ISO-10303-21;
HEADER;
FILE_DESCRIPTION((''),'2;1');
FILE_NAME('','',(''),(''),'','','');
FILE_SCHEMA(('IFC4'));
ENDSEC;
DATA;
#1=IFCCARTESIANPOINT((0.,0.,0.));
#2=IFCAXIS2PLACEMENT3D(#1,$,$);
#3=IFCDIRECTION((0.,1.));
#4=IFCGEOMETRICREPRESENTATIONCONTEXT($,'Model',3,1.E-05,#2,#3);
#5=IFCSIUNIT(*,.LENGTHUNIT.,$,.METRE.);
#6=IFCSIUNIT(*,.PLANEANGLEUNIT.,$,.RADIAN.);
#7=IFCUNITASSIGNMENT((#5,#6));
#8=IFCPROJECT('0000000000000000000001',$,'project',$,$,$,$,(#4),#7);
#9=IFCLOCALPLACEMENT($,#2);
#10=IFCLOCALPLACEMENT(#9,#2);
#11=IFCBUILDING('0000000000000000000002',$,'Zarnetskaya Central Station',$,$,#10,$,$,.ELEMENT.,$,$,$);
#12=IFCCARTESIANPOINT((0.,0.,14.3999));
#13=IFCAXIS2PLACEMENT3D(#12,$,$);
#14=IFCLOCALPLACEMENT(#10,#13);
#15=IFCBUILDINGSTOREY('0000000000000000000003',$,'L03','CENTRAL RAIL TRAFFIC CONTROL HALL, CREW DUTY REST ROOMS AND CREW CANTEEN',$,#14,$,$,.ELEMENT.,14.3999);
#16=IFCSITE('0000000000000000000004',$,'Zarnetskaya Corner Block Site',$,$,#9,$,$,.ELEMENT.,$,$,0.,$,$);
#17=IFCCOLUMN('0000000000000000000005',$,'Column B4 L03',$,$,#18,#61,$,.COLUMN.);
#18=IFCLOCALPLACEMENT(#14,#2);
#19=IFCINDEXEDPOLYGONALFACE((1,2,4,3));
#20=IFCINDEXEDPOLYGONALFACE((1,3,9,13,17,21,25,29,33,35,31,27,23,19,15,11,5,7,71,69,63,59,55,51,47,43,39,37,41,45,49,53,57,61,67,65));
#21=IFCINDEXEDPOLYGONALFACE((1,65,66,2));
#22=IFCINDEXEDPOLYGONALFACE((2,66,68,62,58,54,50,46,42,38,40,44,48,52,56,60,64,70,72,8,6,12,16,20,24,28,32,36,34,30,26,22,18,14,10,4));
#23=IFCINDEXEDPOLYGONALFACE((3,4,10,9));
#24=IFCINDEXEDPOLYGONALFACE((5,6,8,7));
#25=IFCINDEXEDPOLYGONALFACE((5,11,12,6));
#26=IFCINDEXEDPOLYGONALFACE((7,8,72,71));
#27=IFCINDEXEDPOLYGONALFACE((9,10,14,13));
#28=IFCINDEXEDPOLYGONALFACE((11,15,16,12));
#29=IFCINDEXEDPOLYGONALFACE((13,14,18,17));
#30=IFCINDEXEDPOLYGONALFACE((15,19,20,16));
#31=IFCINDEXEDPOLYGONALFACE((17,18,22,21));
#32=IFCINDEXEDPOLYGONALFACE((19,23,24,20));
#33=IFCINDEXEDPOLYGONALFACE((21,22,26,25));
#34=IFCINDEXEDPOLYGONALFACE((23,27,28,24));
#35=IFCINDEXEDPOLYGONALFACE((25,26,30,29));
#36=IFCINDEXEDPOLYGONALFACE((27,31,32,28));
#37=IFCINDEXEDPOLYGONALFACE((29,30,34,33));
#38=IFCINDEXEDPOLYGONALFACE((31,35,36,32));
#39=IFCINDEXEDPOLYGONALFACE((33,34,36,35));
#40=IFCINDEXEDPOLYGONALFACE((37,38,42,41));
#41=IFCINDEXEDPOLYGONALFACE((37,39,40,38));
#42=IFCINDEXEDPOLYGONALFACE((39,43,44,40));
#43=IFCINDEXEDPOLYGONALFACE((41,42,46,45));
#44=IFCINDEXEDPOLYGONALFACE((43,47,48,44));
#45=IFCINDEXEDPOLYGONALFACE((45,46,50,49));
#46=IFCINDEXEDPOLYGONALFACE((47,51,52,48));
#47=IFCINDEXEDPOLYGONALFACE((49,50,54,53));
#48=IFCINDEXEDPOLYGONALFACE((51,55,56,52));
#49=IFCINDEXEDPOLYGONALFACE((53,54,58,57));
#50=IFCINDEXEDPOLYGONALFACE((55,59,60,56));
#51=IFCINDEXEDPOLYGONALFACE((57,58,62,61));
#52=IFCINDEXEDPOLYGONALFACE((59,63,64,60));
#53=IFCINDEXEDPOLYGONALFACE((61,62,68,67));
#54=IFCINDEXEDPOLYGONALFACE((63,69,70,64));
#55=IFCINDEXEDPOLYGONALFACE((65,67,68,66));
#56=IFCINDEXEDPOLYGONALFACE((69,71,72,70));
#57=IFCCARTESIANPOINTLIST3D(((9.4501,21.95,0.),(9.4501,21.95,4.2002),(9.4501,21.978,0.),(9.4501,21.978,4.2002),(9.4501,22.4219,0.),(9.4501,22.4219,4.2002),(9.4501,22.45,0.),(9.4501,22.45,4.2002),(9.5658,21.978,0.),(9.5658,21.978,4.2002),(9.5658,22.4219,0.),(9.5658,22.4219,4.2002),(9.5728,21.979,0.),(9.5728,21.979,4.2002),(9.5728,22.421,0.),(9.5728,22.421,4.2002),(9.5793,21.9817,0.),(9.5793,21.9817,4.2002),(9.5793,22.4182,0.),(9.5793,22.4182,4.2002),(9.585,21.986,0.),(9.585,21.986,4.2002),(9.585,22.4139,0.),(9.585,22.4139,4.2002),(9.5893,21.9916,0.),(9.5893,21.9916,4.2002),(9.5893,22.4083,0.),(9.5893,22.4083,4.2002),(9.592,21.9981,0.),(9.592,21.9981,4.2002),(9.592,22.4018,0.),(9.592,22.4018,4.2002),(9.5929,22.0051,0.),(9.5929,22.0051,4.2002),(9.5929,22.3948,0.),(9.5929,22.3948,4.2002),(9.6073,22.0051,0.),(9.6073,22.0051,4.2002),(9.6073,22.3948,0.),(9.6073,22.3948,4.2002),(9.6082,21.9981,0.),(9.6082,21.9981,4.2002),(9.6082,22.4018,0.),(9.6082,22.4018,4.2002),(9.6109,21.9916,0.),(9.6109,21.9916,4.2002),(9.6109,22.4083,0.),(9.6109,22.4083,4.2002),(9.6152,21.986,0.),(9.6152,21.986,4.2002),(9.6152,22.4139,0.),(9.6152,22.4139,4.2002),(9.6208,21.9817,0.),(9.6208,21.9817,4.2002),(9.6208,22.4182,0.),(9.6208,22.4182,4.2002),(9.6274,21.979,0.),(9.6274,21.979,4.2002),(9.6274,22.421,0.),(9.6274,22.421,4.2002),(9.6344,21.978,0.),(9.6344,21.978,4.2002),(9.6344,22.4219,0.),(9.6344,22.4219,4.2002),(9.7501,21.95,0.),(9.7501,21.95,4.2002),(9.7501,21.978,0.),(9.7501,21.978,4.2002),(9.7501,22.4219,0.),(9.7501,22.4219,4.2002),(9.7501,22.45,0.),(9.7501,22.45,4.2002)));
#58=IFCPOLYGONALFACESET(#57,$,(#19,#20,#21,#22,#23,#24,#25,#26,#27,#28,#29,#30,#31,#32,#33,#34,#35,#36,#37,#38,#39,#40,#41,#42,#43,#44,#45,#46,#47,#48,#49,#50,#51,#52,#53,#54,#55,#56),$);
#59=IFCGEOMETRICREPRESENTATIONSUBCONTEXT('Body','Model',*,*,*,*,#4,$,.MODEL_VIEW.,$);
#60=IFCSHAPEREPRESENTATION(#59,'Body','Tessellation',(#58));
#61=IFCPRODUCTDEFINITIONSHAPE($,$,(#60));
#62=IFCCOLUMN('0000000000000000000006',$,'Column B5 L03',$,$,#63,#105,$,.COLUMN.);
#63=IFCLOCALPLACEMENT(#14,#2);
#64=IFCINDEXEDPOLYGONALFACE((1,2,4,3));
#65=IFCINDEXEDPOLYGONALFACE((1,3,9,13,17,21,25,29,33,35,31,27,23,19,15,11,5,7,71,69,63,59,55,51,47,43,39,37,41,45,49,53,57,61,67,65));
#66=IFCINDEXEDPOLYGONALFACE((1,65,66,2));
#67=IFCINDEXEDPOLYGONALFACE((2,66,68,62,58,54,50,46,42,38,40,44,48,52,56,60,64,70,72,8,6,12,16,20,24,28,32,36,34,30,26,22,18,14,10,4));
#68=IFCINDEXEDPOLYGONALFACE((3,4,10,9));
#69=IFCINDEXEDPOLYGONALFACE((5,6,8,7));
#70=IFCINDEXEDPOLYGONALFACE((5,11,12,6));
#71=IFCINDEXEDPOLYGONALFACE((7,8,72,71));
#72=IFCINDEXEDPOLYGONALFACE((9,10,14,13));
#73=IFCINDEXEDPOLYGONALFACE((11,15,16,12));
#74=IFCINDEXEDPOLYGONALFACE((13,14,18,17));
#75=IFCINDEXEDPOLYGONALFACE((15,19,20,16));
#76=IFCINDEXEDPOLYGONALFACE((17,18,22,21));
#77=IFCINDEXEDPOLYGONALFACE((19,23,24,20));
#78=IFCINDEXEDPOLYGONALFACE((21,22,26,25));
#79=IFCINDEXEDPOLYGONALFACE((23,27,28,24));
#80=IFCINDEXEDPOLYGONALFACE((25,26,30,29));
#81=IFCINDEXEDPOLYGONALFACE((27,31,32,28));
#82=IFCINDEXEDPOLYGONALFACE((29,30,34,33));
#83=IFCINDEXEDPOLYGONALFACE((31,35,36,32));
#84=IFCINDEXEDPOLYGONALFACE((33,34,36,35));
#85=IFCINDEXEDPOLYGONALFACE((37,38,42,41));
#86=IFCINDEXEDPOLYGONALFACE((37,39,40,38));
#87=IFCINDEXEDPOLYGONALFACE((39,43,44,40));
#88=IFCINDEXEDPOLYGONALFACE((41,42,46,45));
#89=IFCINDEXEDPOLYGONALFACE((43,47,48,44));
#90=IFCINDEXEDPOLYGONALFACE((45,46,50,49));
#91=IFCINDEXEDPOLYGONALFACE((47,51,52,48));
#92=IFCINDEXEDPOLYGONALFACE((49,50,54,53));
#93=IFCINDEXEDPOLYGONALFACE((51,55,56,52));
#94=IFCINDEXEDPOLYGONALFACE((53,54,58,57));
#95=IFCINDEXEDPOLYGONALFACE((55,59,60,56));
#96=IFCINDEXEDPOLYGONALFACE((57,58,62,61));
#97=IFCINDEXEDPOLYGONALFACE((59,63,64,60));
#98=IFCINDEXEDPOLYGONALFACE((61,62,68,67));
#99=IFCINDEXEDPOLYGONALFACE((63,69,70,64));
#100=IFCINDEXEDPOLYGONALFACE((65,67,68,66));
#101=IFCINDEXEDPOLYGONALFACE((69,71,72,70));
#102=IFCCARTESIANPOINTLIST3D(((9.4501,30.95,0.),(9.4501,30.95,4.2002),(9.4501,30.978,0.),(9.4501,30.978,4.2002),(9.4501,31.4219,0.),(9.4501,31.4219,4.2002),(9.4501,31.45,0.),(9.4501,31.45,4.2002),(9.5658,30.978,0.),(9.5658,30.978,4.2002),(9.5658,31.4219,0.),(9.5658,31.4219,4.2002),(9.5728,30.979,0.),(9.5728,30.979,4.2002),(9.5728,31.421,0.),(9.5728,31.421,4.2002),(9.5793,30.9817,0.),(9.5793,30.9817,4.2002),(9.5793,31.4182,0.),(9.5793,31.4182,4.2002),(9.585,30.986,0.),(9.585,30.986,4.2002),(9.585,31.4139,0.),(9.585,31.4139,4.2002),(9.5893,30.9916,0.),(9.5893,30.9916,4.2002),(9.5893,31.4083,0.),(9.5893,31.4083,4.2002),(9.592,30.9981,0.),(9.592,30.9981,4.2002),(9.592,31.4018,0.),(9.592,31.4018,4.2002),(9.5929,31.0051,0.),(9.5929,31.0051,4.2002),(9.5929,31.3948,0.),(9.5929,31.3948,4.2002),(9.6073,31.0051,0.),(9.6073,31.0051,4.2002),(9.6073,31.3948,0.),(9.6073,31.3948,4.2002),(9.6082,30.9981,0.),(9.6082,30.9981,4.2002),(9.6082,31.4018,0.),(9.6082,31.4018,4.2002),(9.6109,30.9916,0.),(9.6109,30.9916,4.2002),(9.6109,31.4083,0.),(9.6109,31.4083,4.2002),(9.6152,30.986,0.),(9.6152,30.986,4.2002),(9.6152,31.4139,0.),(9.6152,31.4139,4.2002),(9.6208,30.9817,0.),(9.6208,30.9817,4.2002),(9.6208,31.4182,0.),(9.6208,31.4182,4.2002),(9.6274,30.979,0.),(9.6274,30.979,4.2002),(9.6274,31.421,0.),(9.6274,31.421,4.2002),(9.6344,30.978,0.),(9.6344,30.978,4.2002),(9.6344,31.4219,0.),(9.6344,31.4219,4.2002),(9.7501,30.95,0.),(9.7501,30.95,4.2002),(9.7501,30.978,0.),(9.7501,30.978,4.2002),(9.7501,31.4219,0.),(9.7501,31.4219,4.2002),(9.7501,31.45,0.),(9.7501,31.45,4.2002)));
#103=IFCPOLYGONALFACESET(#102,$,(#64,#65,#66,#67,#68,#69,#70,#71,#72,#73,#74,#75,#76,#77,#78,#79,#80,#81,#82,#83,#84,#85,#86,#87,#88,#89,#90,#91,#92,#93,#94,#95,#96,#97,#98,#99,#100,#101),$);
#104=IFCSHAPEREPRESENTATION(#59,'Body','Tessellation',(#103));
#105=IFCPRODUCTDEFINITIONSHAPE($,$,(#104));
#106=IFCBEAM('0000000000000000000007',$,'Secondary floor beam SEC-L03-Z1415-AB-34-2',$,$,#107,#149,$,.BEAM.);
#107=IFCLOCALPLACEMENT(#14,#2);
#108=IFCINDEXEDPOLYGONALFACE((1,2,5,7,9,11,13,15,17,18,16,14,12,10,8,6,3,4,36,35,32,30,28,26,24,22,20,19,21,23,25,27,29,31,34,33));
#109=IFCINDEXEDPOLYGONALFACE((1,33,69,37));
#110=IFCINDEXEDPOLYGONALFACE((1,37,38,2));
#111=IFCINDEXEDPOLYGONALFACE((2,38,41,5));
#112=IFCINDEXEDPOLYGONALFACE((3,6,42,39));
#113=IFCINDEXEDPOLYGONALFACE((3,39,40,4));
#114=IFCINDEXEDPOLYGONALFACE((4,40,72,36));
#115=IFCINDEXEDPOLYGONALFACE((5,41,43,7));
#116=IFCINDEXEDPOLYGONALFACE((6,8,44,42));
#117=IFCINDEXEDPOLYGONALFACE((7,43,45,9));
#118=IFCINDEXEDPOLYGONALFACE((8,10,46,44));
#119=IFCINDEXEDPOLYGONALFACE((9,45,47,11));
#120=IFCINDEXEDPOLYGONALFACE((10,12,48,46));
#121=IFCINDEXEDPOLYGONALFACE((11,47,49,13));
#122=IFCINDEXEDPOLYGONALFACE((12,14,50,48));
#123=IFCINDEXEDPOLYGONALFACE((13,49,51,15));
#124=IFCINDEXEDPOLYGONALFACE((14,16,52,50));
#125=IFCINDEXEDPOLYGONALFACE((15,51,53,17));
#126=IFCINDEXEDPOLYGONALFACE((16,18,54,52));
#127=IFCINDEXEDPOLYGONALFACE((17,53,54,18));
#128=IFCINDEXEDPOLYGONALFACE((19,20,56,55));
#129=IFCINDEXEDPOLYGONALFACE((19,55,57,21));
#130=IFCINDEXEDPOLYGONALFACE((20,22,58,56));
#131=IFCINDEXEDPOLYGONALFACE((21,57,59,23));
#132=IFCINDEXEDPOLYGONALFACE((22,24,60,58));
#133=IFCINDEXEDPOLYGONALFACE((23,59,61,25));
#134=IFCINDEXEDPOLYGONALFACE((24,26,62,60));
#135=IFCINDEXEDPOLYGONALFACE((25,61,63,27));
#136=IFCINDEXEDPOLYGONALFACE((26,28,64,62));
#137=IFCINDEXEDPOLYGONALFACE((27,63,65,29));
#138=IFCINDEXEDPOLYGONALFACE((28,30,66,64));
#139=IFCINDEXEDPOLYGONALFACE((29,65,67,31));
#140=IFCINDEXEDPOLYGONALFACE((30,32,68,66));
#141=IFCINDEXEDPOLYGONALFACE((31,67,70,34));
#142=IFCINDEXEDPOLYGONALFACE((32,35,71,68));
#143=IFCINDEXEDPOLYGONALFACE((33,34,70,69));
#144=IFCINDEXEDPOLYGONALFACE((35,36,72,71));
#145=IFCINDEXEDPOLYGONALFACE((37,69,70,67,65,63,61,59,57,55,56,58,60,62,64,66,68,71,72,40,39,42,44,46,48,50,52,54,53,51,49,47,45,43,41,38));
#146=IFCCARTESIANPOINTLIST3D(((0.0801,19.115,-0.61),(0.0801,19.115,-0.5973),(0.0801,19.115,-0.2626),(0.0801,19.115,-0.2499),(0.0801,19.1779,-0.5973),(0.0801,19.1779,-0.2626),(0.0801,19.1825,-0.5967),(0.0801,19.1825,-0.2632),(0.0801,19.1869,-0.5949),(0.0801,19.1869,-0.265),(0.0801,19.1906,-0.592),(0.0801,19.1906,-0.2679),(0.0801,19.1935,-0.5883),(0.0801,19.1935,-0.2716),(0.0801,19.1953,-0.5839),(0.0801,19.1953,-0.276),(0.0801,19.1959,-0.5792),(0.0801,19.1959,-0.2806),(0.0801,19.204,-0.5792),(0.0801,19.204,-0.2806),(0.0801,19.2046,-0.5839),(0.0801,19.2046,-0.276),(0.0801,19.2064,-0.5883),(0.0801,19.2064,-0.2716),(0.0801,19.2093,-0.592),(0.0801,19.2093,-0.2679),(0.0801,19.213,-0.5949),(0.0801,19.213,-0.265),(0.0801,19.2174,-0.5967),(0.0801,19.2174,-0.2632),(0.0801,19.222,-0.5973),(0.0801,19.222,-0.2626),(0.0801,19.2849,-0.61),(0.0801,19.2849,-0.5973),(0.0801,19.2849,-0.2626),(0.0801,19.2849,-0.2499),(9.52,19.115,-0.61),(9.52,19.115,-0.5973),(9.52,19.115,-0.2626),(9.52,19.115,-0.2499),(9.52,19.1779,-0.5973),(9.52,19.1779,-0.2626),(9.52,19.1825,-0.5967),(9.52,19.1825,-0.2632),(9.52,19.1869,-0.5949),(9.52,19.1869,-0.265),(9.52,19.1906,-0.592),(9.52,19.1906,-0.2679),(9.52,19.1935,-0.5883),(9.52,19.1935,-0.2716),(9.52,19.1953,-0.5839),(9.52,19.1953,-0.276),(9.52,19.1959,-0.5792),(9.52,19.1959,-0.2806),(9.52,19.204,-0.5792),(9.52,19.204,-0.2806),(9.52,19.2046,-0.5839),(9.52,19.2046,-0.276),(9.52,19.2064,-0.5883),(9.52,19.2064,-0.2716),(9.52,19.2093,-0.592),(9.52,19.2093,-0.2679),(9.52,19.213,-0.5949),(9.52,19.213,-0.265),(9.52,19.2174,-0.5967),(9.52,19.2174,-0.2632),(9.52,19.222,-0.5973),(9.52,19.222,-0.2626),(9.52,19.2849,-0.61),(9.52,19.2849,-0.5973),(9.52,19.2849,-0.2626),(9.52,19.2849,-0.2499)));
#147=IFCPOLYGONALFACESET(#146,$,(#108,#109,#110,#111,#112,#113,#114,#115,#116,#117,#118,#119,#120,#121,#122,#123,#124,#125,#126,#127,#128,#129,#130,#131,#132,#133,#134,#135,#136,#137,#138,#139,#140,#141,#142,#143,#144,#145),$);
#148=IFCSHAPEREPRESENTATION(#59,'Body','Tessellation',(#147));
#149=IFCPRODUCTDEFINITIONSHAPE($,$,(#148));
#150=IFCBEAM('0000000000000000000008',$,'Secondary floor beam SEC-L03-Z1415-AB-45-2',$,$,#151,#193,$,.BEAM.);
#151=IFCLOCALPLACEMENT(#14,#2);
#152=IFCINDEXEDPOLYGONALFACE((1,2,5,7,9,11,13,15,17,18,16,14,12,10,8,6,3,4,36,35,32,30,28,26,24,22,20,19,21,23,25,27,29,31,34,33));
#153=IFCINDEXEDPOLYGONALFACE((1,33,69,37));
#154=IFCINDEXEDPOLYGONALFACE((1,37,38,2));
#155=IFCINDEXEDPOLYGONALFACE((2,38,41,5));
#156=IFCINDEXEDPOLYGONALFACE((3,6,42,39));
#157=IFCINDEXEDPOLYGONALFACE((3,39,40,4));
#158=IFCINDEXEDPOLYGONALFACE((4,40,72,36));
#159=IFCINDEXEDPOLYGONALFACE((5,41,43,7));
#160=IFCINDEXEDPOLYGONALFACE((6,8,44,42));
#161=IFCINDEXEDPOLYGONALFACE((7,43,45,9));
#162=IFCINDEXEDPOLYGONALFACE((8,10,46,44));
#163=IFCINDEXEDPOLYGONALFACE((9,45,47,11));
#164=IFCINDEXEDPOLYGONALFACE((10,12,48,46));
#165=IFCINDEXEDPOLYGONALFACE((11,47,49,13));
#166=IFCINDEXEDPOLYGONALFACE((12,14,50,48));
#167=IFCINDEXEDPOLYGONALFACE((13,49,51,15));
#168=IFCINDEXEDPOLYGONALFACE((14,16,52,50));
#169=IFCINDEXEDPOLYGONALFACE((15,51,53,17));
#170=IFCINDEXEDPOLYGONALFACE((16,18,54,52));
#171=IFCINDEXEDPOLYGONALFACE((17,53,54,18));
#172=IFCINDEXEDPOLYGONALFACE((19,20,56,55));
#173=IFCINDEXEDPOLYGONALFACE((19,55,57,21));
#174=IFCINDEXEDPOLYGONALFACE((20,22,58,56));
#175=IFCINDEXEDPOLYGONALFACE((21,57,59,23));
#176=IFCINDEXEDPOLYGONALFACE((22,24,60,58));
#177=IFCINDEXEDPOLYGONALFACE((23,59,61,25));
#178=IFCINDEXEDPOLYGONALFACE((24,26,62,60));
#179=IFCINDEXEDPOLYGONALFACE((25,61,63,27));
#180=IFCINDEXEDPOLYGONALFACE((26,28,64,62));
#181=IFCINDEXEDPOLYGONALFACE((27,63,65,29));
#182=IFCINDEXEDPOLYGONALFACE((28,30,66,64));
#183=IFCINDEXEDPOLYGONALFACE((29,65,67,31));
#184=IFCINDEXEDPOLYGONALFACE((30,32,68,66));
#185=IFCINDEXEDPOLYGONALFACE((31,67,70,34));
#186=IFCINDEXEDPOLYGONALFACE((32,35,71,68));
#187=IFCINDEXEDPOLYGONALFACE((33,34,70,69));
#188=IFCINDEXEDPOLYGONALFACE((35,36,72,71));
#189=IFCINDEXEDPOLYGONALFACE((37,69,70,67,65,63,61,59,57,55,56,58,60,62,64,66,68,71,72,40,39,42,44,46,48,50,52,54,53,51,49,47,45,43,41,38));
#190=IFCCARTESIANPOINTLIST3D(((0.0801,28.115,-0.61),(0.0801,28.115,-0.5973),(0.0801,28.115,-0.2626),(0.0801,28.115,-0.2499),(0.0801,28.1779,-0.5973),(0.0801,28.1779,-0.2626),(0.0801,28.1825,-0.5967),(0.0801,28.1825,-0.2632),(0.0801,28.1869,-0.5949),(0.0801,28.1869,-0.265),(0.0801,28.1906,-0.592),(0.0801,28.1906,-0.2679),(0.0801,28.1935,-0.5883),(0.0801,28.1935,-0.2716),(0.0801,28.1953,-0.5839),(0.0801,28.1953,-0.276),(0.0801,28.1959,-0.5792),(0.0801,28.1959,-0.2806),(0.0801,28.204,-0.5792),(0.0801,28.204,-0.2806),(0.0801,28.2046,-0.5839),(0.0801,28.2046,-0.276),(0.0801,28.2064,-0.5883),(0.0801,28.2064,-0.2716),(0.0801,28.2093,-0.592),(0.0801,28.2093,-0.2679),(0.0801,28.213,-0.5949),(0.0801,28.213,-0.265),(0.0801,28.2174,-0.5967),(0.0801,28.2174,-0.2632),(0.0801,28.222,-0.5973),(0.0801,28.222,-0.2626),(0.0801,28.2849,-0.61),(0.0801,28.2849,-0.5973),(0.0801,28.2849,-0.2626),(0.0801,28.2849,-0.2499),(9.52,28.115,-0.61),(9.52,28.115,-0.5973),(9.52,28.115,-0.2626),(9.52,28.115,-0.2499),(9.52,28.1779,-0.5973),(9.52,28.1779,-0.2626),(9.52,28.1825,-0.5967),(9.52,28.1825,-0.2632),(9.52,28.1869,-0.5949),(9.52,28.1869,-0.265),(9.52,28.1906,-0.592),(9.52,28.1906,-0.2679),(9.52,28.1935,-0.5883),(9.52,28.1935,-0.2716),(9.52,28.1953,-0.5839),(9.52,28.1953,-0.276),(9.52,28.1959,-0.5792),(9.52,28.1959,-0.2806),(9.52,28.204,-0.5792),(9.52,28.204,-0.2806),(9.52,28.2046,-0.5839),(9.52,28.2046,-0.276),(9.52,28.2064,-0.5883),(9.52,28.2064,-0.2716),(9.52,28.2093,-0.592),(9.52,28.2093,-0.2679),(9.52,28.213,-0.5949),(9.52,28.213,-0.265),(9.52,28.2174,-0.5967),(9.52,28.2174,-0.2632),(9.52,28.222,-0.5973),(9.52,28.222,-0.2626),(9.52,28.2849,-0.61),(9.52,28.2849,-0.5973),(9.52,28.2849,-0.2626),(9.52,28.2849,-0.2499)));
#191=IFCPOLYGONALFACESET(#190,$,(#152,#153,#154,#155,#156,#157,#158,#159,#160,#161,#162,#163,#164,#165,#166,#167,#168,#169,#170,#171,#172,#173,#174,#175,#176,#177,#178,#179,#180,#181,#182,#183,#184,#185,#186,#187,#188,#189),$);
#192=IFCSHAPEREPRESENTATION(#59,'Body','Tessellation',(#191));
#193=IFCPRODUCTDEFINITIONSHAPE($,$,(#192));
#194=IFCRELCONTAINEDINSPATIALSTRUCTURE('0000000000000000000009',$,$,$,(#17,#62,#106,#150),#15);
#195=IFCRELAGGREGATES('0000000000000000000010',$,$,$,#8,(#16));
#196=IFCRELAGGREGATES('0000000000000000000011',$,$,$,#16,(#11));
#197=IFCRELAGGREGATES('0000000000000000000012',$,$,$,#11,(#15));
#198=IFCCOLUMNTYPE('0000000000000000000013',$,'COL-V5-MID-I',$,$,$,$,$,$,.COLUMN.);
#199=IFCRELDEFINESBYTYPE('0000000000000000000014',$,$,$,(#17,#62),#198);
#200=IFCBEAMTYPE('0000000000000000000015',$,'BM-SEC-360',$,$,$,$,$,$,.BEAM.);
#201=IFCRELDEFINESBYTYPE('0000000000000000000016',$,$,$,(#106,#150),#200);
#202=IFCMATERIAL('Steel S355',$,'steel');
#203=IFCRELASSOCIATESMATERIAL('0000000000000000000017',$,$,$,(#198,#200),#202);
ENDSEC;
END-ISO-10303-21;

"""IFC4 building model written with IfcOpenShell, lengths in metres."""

from ifc_helpers import new_model, si_unit, direction, frame, origin, origin_2d, place, context, subcontext, project, spatial, i_section, extrude, material, material_profile, profile_set, type_object, element, save


model = new_model("IFC4")

# Units and contexts
model_context = context("Model", 3, precision=1e-05, world=origin(), true_north=direction((0.0, 1.0)))
body_context = subcontext(model_context, "Body", "Model", "MODEL_VIEW")
ifc_project = project(units=[si_unit("LENGTHUNIT", "METRE"), si_unit("PLANEANGLEUNIT", "RADIAN")], contexts=[model_context])

# Site, building, storey
site_placement = place(None, origin())
site = spatial("IfcSite", under=ifc_project, at=site_placement, Name="Zarnetskaya Corner Block Site", CompositionType="ELEMENT", RefElevation=0.0)
building_placement = place(site_placement, origin())
building = spatial("IfcBuilding", under=site, at=building_placement, Name="Zarnetskaya Central Station", CompositionType="ELEMENT")
storey_placement = place(building_placement, frame((0.0, 0.0, 14.3999)))
storey = spatial("IfcBuildingStorey", under=building, at=storey_placement, Name="L03", Description="CENTRAL RAIL TRAFFIC CONTROL HALL, CREW DUTY REST ROOMS AND CREW CANTEEN", CompositionType="ELEMENT", Elevation=14.3999)

# Columns
ifc_material_1 = material(Name="Steel S355", Category="steel")
ifc_material_profile_1 = material_profile(ifc_material_1, i_section(OverallWidth=0.3, OverallDepth=0.5, WebThickness=0.0144, FlangeThickness=0.0281, FilletRadius=0.0271, at=origin_2d()), Name="HEB 500")
ifc_profile_set_1 = profile_set([ifc_material_profile_1], Name="Steel S355")
column_type = type_object("IfcColumnType", Name="COL-V5-MID-I", PredefinedType="COLUMN", material=ifc_profile_set_1)
for number, where, z_axis, x_axis, name in (
    (1, (9.6001, 22.2, 0.0), (0.0, 0.0, 1.0), (1.0, 0.0, 0.0), "Column B4 L03"),
    (2, (9.6001, 31.2, 0.0), (0.0, 0.0, 1.0), (1.0, 0.0, 0.0), "Column B5 L03"),
):
    element("IfcColumn", number, at=place(storey_placement, frame(where, z_axis=z_axis, x_axis=x_axis)), inside=storey, type_object=column_type, Name=name, PredefinedType="COLUMN", context=body_context, shape_type="SweptSolid", body=[
        extrude(i_section(OverallWidth=0.3, OverallDepth=0.5, WebThickness=0.0144, FlangeThickness=0.0281, FilletRadius=0.0271, at=origin_2d()), origin(), (0.0, 0.0, 1.0), 4.2002),
    ])

# Beams
ifc_material_profile_2 = material_profile(ifc_material_1, i_section(OverallWidth=0.1699, OverallDepth=0.3601, WebThickness=0.0081, FlangeThickness=0.0127, FilletRadius=0.0181, at=origin_2d()), Name="IPE 360")
ifc_profile_set_2 = profile_set([ifc_material_profile_2], Name="Steel S355")
beam_type_1 = type_object("IfcBeamType", Name="BM-SEC-360", PredefinedType="BEAM", material=ifc_profile_set_2)
for number, where, z_axis, x_axis, name in (
    (3, (0.0801, 19.2, -0.4299), (1.0, 0.0, 0.0), (0.0, 1.0, 0.0), "Secondary floor beam SEC-L03-Z1415-AB-34-2"),
    (4, (0.0801, 28.2, -0.4299), (1.0, 0.0, 0.0), (0.0, 1.0, 0.0), "Secondary floor beam SEC-L03-Z1415-AB-45-2"),
):
    element("IfcBeam", number, at=place(storey_placement, frame(where, z_axis=z_axis, x_axis=x_axis)), inside=storey, type_object=beam_type_1, Name=name, PredefinedType="BEAM", context=body_context, shape_type="SweptSolid", body=[
        extrude(i_section(OverallWidth=0.1699, OverallDepth=0.3601, WebThickness=0.0081, FlangeThickness=0.0127, FilletRadius=0.0181, at=origin_2d()), origin(), (0.0, 0.0, 1.0), 9.4399),
    ])

save(model, "model.ifc")
